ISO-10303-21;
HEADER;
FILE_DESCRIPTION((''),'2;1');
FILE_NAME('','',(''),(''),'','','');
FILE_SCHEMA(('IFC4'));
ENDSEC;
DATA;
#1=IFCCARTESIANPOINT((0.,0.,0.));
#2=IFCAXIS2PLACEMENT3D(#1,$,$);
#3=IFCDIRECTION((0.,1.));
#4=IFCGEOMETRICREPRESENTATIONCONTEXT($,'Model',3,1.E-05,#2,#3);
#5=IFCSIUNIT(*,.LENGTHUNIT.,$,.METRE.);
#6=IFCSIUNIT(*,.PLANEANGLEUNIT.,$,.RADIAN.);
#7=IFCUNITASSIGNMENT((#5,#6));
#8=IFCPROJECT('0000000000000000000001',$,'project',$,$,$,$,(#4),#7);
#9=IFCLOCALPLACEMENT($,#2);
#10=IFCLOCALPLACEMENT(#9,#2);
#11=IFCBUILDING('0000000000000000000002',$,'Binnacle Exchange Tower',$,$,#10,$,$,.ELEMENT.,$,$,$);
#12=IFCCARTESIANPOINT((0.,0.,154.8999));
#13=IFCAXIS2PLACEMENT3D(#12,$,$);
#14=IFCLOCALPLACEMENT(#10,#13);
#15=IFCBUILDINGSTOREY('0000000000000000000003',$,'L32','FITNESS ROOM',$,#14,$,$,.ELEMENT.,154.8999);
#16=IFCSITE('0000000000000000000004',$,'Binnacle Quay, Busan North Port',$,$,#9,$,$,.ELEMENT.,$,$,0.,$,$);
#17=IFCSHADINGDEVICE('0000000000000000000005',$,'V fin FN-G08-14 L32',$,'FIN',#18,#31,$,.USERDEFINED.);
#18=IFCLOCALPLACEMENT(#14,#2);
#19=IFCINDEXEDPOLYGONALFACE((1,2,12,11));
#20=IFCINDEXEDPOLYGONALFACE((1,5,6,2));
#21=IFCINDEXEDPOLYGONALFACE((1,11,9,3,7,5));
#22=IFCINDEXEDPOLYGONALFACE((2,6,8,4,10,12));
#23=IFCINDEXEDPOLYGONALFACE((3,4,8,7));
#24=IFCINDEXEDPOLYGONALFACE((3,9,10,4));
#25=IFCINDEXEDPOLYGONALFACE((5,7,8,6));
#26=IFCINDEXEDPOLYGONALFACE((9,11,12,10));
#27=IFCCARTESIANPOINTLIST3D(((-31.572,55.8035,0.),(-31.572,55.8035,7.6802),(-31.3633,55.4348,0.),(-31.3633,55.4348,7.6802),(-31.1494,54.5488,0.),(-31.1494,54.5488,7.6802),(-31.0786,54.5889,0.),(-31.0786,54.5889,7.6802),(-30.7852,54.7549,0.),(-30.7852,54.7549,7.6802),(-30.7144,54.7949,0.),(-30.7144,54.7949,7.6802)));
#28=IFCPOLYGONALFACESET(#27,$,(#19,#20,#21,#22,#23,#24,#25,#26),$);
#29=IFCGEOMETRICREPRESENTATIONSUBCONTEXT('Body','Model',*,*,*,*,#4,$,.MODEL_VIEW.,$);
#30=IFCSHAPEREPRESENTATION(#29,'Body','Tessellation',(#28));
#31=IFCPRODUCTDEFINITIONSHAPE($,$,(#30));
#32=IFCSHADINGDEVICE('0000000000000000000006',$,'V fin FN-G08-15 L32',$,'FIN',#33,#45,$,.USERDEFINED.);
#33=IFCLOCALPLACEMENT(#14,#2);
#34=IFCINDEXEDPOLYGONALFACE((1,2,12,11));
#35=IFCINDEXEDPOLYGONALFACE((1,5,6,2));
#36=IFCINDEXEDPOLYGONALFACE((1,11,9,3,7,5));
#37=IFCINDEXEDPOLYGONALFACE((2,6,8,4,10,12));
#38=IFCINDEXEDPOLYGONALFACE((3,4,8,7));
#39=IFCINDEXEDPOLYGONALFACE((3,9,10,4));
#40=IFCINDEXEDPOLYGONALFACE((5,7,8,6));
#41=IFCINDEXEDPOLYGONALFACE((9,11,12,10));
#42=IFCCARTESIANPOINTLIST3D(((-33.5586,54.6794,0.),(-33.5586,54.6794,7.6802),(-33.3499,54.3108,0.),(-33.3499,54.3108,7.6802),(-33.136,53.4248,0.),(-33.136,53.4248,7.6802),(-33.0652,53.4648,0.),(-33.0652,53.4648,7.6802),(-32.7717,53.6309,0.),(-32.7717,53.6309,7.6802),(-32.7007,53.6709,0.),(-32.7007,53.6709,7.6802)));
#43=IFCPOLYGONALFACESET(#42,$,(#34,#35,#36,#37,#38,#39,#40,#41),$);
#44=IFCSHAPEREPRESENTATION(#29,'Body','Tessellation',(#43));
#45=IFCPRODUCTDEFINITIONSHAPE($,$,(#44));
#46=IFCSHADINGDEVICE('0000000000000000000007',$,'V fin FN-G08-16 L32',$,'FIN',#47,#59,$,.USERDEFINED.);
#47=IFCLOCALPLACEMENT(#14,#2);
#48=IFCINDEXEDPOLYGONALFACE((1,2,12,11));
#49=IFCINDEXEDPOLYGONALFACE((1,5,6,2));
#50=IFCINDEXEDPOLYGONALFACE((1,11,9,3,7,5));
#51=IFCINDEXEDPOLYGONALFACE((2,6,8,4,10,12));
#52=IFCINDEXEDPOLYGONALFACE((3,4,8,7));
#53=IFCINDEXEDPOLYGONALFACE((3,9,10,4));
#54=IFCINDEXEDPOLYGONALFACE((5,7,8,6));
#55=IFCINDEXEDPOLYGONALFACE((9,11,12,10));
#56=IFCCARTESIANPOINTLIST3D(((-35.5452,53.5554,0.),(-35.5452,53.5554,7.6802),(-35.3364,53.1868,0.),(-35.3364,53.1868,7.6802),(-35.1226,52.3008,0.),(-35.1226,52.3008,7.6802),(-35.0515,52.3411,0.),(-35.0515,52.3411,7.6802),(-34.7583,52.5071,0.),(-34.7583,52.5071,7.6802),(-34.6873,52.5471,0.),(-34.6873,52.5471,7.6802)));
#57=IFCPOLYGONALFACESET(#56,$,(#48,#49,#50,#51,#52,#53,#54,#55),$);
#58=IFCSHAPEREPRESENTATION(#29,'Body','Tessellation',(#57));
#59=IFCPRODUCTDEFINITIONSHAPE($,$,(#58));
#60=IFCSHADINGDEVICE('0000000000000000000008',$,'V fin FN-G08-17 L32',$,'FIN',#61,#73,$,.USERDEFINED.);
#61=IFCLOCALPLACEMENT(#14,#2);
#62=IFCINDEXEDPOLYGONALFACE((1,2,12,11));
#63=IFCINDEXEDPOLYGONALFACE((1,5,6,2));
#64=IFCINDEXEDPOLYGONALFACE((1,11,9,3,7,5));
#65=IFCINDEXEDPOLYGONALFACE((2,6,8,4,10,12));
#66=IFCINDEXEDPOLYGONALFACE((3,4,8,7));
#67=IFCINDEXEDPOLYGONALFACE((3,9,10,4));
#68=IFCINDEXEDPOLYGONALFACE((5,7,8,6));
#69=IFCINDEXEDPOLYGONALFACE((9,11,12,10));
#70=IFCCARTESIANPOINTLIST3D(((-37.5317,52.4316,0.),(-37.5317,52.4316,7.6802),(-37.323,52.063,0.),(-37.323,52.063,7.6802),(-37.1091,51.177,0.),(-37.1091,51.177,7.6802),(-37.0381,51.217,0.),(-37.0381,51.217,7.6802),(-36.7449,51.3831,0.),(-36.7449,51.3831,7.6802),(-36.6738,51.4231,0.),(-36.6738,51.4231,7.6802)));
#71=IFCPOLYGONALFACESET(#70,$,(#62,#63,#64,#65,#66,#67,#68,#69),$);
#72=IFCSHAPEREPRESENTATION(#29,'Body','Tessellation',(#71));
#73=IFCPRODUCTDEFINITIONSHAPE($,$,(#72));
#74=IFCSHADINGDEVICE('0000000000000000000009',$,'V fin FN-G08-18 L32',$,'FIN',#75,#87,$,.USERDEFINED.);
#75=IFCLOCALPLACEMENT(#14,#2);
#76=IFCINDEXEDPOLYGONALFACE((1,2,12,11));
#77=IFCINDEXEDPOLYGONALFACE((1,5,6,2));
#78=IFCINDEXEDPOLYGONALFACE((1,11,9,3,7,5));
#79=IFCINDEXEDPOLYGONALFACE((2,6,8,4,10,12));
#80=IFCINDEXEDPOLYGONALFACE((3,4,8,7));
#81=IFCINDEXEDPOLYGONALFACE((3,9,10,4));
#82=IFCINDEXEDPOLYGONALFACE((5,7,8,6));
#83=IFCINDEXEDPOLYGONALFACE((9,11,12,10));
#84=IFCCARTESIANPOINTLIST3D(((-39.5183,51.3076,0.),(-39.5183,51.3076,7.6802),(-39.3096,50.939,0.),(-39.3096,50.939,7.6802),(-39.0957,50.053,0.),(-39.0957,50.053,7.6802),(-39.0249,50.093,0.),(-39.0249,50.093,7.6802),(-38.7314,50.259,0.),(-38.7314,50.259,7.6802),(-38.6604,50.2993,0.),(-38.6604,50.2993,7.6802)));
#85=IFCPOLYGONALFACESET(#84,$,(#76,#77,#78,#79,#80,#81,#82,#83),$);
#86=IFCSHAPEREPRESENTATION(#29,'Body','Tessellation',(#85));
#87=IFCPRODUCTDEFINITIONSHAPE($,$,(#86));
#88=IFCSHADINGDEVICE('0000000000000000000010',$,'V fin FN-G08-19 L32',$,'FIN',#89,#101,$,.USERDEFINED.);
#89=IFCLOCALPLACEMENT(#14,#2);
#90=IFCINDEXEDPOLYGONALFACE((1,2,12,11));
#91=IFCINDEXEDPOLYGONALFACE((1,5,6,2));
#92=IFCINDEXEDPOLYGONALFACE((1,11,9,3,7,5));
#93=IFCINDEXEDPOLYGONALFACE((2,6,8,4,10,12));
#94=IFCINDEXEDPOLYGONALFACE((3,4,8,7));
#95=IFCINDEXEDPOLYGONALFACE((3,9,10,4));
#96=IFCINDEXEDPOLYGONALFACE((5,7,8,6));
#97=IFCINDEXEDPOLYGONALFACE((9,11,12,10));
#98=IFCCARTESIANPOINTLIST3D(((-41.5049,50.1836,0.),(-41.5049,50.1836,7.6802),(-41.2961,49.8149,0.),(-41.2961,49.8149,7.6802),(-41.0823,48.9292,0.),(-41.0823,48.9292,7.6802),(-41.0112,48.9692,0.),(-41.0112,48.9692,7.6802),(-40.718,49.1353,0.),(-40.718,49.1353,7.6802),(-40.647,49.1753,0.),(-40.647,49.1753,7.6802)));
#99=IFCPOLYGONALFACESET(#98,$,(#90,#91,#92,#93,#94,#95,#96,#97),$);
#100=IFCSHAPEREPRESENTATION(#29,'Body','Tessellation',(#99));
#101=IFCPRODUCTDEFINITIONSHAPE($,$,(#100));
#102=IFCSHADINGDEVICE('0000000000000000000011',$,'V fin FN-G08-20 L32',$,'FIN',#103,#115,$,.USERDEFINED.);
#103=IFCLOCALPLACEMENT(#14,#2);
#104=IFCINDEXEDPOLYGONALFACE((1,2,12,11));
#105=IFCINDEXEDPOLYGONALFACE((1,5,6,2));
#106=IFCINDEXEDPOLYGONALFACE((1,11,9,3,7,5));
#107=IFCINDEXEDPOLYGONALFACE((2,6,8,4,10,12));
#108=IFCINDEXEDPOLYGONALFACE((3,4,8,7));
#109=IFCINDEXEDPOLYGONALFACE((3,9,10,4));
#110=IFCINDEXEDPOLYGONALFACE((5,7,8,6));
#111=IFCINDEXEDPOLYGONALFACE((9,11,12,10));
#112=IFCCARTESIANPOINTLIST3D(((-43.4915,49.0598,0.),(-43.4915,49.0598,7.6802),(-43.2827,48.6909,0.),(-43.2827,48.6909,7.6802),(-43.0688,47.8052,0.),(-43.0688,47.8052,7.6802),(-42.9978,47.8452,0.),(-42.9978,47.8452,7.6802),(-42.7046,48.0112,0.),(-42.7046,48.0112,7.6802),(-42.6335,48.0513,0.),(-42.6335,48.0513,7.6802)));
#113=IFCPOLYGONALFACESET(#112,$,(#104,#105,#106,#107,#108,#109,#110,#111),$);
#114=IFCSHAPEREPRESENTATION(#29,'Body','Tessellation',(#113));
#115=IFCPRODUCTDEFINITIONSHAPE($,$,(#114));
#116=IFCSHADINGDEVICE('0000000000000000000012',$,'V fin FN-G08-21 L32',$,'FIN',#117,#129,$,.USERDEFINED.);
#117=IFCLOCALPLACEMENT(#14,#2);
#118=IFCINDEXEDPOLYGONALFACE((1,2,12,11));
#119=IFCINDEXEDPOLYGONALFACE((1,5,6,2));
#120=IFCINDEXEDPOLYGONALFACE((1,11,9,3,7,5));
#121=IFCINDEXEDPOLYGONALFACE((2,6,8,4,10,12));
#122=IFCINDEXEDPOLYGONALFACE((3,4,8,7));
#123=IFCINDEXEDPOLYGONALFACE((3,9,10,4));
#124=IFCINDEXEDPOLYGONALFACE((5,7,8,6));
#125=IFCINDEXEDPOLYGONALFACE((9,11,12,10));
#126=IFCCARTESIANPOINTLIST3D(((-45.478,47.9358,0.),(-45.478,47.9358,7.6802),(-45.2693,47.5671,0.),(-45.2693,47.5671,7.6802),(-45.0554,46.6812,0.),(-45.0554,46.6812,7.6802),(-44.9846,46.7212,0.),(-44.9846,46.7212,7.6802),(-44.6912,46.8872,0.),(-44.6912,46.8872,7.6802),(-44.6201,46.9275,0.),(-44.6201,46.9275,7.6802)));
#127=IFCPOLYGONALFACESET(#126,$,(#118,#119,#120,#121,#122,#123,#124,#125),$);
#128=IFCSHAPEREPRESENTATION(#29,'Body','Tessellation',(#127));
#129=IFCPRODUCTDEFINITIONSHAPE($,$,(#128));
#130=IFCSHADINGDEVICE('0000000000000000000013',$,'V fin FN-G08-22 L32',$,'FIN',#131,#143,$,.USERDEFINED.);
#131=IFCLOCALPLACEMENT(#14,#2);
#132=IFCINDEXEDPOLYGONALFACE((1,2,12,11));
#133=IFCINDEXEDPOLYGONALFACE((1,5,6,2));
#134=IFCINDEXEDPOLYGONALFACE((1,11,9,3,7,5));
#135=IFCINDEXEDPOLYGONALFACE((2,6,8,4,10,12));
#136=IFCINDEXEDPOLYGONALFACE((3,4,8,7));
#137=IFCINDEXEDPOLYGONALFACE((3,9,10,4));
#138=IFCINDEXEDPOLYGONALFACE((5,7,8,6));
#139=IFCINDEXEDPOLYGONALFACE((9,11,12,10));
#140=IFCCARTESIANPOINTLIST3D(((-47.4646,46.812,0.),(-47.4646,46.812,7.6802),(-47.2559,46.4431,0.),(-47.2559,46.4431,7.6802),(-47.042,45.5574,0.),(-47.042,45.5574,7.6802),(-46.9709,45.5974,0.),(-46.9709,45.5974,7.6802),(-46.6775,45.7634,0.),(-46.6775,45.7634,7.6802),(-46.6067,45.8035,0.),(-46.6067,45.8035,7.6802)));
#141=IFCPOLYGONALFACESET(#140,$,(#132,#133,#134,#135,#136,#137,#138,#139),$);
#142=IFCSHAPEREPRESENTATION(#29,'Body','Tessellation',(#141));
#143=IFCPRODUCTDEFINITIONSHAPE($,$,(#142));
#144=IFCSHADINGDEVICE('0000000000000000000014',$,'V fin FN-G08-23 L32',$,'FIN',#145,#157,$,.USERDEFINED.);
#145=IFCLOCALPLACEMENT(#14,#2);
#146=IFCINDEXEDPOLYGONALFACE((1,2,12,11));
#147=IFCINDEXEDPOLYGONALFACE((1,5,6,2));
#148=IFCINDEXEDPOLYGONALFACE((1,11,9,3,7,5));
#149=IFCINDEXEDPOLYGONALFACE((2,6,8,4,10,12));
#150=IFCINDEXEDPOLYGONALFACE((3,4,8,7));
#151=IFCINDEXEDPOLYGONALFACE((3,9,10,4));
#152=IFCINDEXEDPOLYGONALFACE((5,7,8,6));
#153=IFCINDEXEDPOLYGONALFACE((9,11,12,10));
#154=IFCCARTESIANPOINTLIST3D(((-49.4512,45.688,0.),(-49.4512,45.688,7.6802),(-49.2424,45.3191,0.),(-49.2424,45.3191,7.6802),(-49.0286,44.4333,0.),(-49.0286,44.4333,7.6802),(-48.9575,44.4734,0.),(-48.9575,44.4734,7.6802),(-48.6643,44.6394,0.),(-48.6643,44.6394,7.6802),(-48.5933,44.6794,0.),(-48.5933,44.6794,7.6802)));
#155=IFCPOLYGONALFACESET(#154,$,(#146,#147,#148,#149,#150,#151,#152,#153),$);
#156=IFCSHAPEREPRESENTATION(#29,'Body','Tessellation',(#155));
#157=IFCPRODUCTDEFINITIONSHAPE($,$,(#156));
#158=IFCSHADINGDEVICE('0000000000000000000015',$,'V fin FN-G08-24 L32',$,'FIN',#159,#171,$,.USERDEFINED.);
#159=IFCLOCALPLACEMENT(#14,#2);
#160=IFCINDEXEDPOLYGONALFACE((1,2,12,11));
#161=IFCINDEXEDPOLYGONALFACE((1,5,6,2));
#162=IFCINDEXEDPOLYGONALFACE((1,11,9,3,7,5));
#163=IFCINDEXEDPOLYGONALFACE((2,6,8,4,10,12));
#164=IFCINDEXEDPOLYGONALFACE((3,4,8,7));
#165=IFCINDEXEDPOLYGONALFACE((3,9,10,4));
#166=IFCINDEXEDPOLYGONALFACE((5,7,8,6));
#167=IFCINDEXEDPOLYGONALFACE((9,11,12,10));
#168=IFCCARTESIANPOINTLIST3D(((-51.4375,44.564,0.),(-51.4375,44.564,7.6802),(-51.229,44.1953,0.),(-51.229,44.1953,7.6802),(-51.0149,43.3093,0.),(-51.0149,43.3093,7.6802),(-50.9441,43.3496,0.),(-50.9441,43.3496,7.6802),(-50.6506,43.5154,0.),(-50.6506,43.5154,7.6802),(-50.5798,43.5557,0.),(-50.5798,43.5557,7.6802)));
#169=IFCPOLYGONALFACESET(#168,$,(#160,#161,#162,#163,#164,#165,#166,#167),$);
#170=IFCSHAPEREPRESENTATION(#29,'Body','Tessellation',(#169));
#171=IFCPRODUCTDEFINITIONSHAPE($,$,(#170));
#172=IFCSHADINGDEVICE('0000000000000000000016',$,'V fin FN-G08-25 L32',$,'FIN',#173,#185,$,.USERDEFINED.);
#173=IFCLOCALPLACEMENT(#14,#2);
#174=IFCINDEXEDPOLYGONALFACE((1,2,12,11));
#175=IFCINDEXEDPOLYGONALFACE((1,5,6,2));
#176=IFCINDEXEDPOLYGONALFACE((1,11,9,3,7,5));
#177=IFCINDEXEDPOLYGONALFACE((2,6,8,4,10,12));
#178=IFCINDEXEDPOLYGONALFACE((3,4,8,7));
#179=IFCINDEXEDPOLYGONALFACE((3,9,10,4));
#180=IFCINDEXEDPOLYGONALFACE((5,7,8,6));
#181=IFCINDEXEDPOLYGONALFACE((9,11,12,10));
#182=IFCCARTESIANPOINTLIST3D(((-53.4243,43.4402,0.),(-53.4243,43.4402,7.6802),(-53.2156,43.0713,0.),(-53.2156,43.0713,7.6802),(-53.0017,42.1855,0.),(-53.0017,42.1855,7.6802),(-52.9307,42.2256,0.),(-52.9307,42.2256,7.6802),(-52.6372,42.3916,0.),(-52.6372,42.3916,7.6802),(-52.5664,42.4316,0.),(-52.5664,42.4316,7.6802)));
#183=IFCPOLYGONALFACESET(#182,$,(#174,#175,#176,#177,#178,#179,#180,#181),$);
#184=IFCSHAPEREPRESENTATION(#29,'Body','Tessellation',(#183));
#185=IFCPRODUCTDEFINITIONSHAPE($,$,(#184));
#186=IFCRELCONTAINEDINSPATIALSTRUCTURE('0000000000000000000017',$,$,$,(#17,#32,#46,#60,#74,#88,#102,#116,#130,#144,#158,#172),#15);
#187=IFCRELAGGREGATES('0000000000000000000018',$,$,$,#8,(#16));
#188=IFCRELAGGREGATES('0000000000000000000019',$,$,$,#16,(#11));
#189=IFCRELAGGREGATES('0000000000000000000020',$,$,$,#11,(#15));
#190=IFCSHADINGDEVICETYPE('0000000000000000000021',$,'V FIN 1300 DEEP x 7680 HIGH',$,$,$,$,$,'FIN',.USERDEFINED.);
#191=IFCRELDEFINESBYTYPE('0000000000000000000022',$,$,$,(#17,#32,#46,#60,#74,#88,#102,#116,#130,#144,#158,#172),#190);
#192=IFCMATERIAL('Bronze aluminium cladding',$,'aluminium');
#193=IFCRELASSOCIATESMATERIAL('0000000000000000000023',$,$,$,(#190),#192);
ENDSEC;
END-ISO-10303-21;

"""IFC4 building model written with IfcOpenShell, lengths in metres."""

from ifc_helpers import new_model, si_unit, direction, frame, origin, place, context, subcontext, project, spatial, polyline, outline, extrude, material, type_object, element, save


model = new_model("IFC4")

# Units and contexts
model_context = context("Model", 3, precision=1e-05, world=origin(), true_north=direction((0.0, 1.0)))
body_context = subcontext(model_context, "Body", "Model", "MODEL_VIEW")
ifc_project = project(units=[si_unit("LENGTHUNIT", "METRE"), si_unit("PLANEANGLEUNIT", "RADIAN")], contexts=[model_context])

# Site, building, storey
site_placement = place(None, origin())
site = spatial("IfcSite", under=ifc_project, at=site_placement, Name="Binnacle Quay, Busan North Port", CompositionType="ELEMENT", RefElevation=0.0)
building_placement = place(site_placement, origin())
building = spatial("IfcBuilding", under=site, at=building_placement, Name="Binnacle Exchange Tower", CompositionType="ELEMENT")
storey_placement = place(building_placement, frame((0.0, 0.0, 154.8999)))
storey = spatial("IfcBuildingStorey", under=building, at=storey_placement, Name="L32", Description="FITNESS ROOM", CompositionType="ELEMENT", Elevation=154.8999)

# Shading devices
ifc_material_1 = material(Name="Bronze aluminium cladding", Category="aluminium")
shading_device_type = type_object("IfcShadingDeviceType", Name="V FIN 1300 DEEP x 7680 HIGH", ElementType="FIN", PredefinedType="USERDEFINED", material=ifc_material_1)
shading_device_1_placement = place(storey_placement, origin())
element("IfcShadingDevice", 1, at=shading_device_1_placement, inside=storey, type_object=shading_device_type, Name="V fin FN-G08-14 L32", ObjectType="FIN", PredefinedType="USERDEFINED", context=body_context, shape_type="SweptSolid", body=[
    extrude(outline(polyline([(-30.7144, 54.7949), (-31.572, 55.8035), (-31.1494, 54.5488), (-31.0786, 54.5889), (-31.3633, 55.4348), (-30.7852, 54.7549), (-30.7144, 54.7949)])), origin(), (0.0, 0.0, 1.0), 7.6802),
])
shading_device_2_placement = place(storey_placement, origin())
element("IfcShadingDevice", 2, at=shading_device_2_placement, inside=storey, type_object=shading_device_type, Name="V fin FN-G08-15 L32", ObjectType="FIN", PredefinedType="USERDEFINED", context=body_context, shape_type="SweptSolid", body=[
    extrude(outline(polyline([(-32.7007, 53.6709), (-33.5586, 54.6794), (-33.136, 53.4248), (-33.0652, 53.4648), (-33.3499, 54.3108), (-32.7717, 53.6309), (-32.7007, 53.6709)])), origin(), (0.0, 0.0, 1.0), 7.6802),
])
shading_device_3_placement = place(storey_placement, origin())
element("IfcShadingDevice", 3, at=shading_device_3_placement, inside=storey, type_object=shading_device_type, Name="V fin FN-G08-16 L32", ObjectType="FIN", PredefinedType="USERDEFINED", context=body_context, shape_type="SweptSolid", body=[
    extrude(outline(polyline([(-34.6873, 52.5471), (-35.5452, 53.5554), (-35.1226, 52.3008), (-35.0515, 52.3411), (-35.3364, 53.1868), (-34.7583, 52.5071), (-34.6873, 52.5471)])), origin(), (0.0, 0.0, 1.0), 7.6802),
])
shading_device_4_placement = place(storey_placement, origin())
element("IfcShadingDevice", 4, at=shading_device_4_placement, inside=storey, type_object=shading_device_type, Name="V fin FN-G08-17 L32", ObjectType="FIN", PredefinedType="USERDEFINED", context=body_context, shape_type="SweptSolid", body=[
    extrude(outline(polyline([(-36.6738, 51.4231), (-37.5317, 52.4316), (-37.1091, 51.177), (-37.0381, 51.217), (-37.323, 52.063), (-36.7449, 51.3831), (-36.6738, 51.4231)])), origin(), (0.0, 0.0, 1.0), 7.6802),
])
shading_device_5_placement = place(storey_placement, origin())
element("IfcShadingDevice", 5, at=shading_device_5_placement, inside=storey, type_object=shading_device_type, Name="V fin FN-G08-18 L32", ObjectType="FIN", PredefinedType="USERDEFINED", context=body_context, shape_type="SweptSolid", body=[
    extrude(outline(polyline([(-38.6604, 50.2993), (-39.5183, 51.3076), (-39.0957, 50.053), (-39.0249, 50.093), (-39.3096, 50.939), (-38.7314, 50.259), (-38.6604, 50.2993)])), origin(), (0.0, 0.0, 1.0), 7.6802),
])
shading_device_6_placement = place(storey_placement, origin())
element("IfcShadingDevice", 6, at=shading_device_6_placement, inside=storey, type_object=shading_device_type, Name="V fin FN-G08-19 L32", ObjectType="FIN", PredefinedType="USERDEFINED", context=body_context, shape_type="SweptSolid", body=[
    extrude(outline(polyline([(-40.647, 49.1753), (-41.5049, 50.1836), (-41.0823, 48.9292), (-41.0112, 48.9692), (-41.2961, 49.8149), (-40.718, 49.1353), (-40.647, 49.1753)])), origin(), (0.0, 0.0, 1.0), 7.6802),
])
shading_device_7_placement = place(storey_placement, origin())
element("IfcShadingDevice", 7, at=shading_device_7_placement, inside=storey, type_object=shading_device_type, Name="V fin FN-G08-20 L32", ObjectType="FIN", PredefinedType="USERDEFINED", context=body_context, shape_type="SweptSolid", body=[
    extrude(outline(polyline([(-42.6335, 48.0513), (-43.4915, 49.0598), (-43.0688, 47.8052), (-42.9978, 47.8452), (-43.2827, 48.6909), (-42.7046, 48.0112), (-42.6335, 48.0513)])), origin(), (0.0, 0.0, 1.0), 7.6802),
])
shading_device_8_placement = place(storey_placement, origin())
element("IfcShadingDevice", 8, at=shading_device_8_placement, inside=storey, type_object=shading_device_type, Name="V fin FN-G08-21 L32", ObjectType="FIN", PredefinedType="USERDEFINED", context=body_context, shape_type="SweptSolid", body=[
    extrude(outline(polyline([(-44.6201, 46.9275), (-45.478, 47.9358), (-45.0554, 46.6812), (-44.9846, 46.7212), (-45.2693, 47.5671), (-44.6912, 46.8872), (-44.6201, 46.9275)])), origin(), (0.0, 0.0, 1.0), 7.6802),
])
shading_device_9_placement = place(storey_placement, origin())
element("IfcShadingDevice", 9, at=shading_device_9_placement, inside=storey, type_object=shading_device_type, Name="V fin FN-G08-22 L32", ObjectType="FIN", PredefinedType="USERDEFINED", context=body_context, shape_type="SweptSolid", body=[
    extrude(outline(polyline([(-46.6067, 45.8035), (-47.4646, 46.812), (-47.042, 45.5574), (-46.9709, 45.5974), (-47.2559, 46.4431), (-46.6775, 45.7634), (-46.6067, 45.8035)])), origin(), (0.0, 0.0, 1.0), 7.6802),
])
shading_device_10_placement = place(storey_placement, origin())
element("IfcShadingDevice", 10, at=shading_device_10_placement, inside=storey, type_object=shading_device_type, Name="V fin FN-G08-23 L32", ObjectType="FIN", PredefinedType="USERDEFINED", context=body_context, shape_type="SweptSolid", body=[
    extrude(outline(polyline([(-48.5933, 44.6794), (-49.4512, 45.688), (-49.0286, 44.4333), (-48.9575, 44.4734), (-49.2424, 45.3191), (-48.6643, 44.6394), (-48.5933, 44.6794)])), origin(), (0.0, 0.0, 1.0), 7.6802),
])
shading_device_11_placement = place(storey_placement, origin())
element("IfcShadingDevice", 11, at=shading_device_11_placement, inside=storey, type_object=shading_device_type, Name="V fin FN-G08-24 L32", ObjectType="FIN", PredefinedType="USERDEFINED", context=body_context, shape_type="SweptSolid", body=[
    extrude(outline(polyline([(-50.5798, 43.5557), (-51.4375, 44.564), (-51.0149, 43.3093), (-50.9441, 43.3496), (-51.229, 44.1953), (-50.6506, 43.5154), (-50.5798, 43.5557)])), origin(), (0.0, 0.0, 1.0), 7.6802),
])
shading_device_12_placement = place(storey_placement, origin())
element("IfcShadingDevice", 12, at=shading_device_12_placement, inside=storey, type_object=shading_device_type, Name="V fin FN-G08-25 L32", ObjectType="FIN", PredefinedType="USERDEFINED", context=body_context, shape_type="SweptSolid", body=[
    extrude(outline(polyline([(-52.5664, 42.4316), (-53.4243, 43.4402), (-53.0017, 42.1855), (-52.9307, 42.2256), (-53.2156, 43.0713), (-52.6372, 42.3916), (-52.5664, 42.4316)])), origin(), (0.0, 0.0, 1.0), 7.6802),
])

save(model, "model.ifc")
